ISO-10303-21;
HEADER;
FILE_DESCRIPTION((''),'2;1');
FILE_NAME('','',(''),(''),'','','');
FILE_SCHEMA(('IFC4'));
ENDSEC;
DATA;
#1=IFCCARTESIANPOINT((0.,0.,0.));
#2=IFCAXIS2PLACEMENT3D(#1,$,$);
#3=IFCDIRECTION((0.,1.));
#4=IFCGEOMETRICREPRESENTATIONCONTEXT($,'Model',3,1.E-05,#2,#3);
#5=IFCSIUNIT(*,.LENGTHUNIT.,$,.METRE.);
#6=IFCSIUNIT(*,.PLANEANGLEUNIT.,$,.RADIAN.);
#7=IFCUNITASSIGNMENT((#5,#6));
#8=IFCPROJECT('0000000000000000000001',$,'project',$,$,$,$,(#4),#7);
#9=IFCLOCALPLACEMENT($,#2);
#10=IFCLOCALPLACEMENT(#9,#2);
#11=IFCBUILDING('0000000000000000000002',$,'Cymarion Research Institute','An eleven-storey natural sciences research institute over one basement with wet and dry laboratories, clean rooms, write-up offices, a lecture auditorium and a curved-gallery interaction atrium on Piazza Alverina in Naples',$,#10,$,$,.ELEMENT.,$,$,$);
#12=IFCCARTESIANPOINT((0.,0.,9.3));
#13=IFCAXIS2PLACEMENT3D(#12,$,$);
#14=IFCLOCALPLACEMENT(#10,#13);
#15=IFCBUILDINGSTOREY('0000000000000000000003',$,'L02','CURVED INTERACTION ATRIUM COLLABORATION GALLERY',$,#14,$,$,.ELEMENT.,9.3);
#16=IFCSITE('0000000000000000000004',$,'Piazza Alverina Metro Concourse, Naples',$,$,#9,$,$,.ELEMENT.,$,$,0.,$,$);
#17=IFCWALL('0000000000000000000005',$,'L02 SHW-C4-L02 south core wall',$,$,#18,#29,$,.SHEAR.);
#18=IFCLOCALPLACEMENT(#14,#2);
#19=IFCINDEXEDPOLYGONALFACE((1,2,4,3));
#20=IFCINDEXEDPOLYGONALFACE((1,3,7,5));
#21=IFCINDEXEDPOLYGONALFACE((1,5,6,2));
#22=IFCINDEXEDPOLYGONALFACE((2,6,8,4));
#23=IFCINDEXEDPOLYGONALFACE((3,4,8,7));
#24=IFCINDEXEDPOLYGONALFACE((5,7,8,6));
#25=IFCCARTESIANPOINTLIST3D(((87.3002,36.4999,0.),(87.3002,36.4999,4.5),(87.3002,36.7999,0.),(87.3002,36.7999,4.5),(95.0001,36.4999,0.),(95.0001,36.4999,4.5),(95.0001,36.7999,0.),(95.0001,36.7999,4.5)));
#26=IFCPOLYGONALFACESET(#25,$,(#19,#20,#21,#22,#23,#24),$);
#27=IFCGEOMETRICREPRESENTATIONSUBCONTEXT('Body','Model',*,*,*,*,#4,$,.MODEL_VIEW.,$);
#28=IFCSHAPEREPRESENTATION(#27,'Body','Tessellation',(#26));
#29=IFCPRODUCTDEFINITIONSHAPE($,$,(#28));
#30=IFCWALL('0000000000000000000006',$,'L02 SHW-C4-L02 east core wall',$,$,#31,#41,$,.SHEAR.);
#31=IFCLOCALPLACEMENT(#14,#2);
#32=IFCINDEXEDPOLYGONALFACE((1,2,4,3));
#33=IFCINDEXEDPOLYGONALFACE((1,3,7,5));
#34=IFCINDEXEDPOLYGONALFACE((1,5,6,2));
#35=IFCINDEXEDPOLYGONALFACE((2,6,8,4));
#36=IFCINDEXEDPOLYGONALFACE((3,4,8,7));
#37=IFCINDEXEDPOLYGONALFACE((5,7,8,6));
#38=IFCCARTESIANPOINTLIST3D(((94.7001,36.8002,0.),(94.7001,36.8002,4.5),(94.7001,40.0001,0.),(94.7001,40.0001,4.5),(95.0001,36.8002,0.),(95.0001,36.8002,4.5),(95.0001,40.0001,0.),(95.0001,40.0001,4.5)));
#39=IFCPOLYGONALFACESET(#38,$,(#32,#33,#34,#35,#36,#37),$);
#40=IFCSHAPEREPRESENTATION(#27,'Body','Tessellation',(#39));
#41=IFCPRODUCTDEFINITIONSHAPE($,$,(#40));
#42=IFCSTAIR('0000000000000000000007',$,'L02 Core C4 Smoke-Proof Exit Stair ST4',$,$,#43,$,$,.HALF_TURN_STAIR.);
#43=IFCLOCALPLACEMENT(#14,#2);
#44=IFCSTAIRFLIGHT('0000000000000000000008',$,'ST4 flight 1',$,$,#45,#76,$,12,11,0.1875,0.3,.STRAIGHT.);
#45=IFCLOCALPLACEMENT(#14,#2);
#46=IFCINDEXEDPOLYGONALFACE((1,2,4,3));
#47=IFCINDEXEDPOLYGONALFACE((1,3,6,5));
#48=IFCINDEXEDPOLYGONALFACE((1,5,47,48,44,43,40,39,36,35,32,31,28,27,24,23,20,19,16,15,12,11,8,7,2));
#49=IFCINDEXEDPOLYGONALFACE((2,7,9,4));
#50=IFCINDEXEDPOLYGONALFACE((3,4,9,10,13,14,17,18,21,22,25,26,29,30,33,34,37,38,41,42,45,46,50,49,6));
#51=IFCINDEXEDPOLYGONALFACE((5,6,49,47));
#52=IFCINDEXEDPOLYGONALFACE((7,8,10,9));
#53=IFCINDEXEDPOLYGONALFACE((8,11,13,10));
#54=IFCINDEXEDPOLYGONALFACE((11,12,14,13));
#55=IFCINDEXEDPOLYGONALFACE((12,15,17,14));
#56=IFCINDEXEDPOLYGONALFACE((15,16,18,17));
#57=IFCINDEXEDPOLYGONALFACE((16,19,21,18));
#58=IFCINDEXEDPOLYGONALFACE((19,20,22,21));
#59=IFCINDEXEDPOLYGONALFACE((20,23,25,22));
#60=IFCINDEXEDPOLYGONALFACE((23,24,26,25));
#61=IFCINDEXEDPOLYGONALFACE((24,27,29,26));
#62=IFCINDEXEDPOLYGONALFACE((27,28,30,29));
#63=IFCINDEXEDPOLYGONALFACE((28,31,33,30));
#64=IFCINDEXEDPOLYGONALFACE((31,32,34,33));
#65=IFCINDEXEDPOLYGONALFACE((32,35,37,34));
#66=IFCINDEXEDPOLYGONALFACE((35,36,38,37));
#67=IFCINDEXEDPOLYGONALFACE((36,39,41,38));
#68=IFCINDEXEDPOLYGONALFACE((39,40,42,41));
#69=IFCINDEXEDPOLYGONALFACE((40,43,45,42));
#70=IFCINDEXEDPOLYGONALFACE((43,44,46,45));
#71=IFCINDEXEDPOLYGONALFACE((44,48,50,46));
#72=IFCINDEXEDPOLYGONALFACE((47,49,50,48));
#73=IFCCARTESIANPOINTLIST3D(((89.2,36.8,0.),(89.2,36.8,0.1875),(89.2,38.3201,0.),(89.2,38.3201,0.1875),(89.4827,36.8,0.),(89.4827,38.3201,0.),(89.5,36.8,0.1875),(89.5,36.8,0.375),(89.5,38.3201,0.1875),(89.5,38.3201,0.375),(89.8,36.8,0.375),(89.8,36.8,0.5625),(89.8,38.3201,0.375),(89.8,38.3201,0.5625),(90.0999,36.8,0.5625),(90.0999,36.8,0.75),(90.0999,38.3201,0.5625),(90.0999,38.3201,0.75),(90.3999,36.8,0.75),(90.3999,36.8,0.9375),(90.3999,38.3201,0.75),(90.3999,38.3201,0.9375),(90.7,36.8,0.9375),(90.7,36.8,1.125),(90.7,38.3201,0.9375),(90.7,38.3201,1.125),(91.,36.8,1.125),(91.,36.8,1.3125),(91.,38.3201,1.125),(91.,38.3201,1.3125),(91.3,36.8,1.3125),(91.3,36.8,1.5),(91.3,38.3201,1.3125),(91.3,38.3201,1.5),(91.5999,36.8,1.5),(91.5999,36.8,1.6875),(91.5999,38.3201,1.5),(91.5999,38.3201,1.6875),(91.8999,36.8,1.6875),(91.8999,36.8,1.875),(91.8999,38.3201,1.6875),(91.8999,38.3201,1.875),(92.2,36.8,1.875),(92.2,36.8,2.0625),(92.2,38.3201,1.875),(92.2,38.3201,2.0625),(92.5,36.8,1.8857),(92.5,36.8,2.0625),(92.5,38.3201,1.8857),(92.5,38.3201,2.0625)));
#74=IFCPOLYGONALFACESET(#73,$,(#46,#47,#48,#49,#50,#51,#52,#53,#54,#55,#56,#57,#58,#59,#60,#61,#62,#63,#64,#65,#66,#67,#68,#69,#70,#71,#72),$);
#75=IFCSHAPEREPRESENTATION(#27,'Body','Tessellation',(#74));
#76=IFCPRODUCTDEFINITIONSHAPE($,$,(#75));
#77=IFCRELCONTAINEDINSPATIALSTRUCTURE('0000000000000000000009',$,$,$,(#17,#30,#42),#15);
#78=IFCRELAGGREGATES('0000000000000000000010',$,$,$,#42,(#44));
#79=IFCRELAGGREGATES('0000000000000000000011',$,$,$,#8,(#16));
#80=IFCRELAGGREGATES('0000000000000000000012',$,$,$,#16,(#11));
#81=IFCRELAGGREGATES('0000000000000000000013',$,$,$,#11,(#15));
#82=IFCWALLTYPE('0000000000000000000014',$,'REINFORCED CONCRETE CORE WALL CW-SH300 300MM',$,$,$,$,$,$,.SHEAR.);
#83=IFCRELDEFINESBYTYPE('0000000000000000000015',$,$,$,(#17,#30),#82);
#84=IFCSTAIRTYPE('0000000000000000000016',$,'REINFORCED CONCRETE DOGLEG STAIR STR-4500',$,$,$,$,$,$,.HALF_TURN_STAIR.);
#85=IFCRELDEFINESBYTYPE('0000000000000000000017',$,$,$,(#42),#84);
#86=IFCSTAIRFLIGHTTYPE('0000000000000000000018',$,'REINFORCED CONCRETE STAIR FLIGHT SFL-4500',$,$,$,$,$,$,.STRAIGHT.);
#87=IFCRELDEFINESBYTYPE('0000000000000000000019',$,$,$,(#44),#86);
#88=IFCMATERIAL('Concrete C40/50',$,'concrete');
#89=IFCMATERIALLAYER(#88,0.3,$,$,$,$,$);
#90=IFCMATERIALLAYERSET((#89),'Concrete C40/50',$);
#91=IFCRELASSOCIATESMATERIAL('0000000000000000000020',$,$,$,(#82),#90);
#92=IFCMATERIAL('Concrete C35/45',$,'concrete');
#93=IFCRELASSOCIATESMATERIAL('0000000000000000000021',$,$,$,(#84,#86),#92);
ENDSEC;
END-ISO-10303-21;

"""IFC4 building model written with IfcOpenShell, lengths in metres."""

from ifc_helpers import new_model, si_unit, direction, frame, frame_2d, origin, place, context, subcontext, project, spatial, polyline, rectangle, outline, extrude, material, layer, layer_set, type_object, element, aggregate, save


model = new_model("IFC4")

# Units and contexts
model_context = context("Model", 3, precision=1e-05, world=origin(), true_north=direction((0.0, 1.0)))
body_context = subcontext(model_context, "Body", "Model", "MODEL_VIEW")
ifc_project = project(units=[si_unit("LENGTHUNIT", "METRE"), si_unit("PLANEANGLEUNIT", "RADIAN")], contexts=[model_context])

# Site, building, storey
site_placement = place(None, origin())
site = spatial("IfcSite", under=ifc_project, at=site_placement, Name="Piazza Alverina Metro Concourse, Naples", CompositionType="ELEMENT", RefElevation=0.0)
building_placement = place(site_placement, origin())
building = spatial("IfcBuilding", under=site, at=building_placement, Name="Cymarion Research Institute", Description="An eleven-storey natural sciences research institute over one basement with wet and dry laboratories, clean rooms, write-up offices, a lecture auditorium and a curved-gallery interaction atrium on Piazza Alverina in Naples", CompositionType="ELEMENT")
storey_placement = place(building_placement, frame((0.0, 0.0, 9.3)))
storey = spatial("IfcBuildingStorey", under=building, at=storey_placement, Name="L02", Description="CURVED INTERACTION ATRIUM COLLABORATION GALLERY", CompositionType="ELEMENT", Elevation=9.3)

# Shared definitions
ifc_material_1 = material(Name="Concrete C40/50", Category="concrete")

# Walls
ifc_layer_1 = layer(ifc_material_1, 0.3)
ifc_layer_set_1 = layer_set([ifc_layer_1], Name="Concrete C40/50")
wall_type_1 = type_object("IfcWallType", Name="REINFORCED CONCRETE CORE WALL CW-SH300 300MM", PredefinedType="SHEAR", material=ifc_layer_set_1)
wall_1_placement = place(storey_placement, frame((87.3, 36.6499, 0.0), z_axis=(0.0, 0.0, 1.0), x_axis=(1.0, 0.0, 0.0)))
element("IfcWall", 1, at=wall_1_placement, inside=storey, type_object=wall_type_1, Name="L02 SHW-C4-L02 south core wall", PredefinedType="SHEAR", context=body_context, shape_type="SweptSolid", body=[
    extrude(rectangle(XDim=7.7, YDim=0.3, at=frame_2d((3.8501, 0.0))), origin(), (0.0, 0.0, 1.0), 4.5),
])
wall_2_placement = place(storey_placement, frame((94.8501, 36.8, 0.0), z_axis=(0.0, 0.0, 1.0), x_axis=(0.0, 1.0, 0.0)))
element("IfcWall", 2, at=wall_2_placement, inside=storey, type_object=wall_type_1, Name="L02 SHW-C4-L02 east core wall", PredefinedType="SHEAR", context=body_context, shape_type="SweptSolid", body=[
    extrude(rectangle(XDim=3.2, YDim=0.3, at=frame_2d((1.6001, 0.0))), origin(), (0.0, 0.0, 1.0), 4.5),
])

# Stair, stair flight
ifc_material_2 = material(Name="Concrete C35/45", Category="concrete")
stair_type = type_object("IfcStairType", Name="REINFORCED CONCRETE DOGLEG STAIR STR-4500", PredefinedType="HALF_TURN_STAIR", material=ifc_material_2)
stair_placement = place(storey_placement, origin())
stair = element("IfcStair", 3, at=stair_placement, inside=storey, type_object=stair_type, Name="L02 Core C4 Smoke-Proof Exit Stair ST4", PredefinedType="HALF_TURN_STAIR")
stair_flight_type = type_object("IfcStairFlightType", Name="REINFORCED CONCRETE STAIR FLIGHT SFL-4500", PredefinedType="STRAIGHT", material=ifc_material_2)
stair_flight_placement = place(storey_placement, frame((89.2, 37.5601, 0.0), z_axis=(0.0, 0.0, 1.0), x_axis=(1.0, 0.0, 0.0)))
stair_flight = element("IfcStairFlight", 4, at=stair_flight_placement, type_object=stair_flight_type, Name="ST4 flight 1", NumberOfRisers=12, NumberOfTreads=11, PredefinedType="STRAIGHT", RiserHeight=0.1875, TreadLength=0.3, context=body_context, shape_type="SweptSolid", body=[
    extrude(outline(polyline([(0.0, 0.0), (0.0, 0.1875), (0.3, 0.1875), (0.3, 0.375), (0.6001, 0.375), (0.6001, 0.5625), (0.8999, 0.5625), (0.8999, 0.75), (1.2, 0.75), (1.2, 0.9375), (1.5, 0.9375), (1.5, 1.125), (1.8, 1.125), (1.8, 1.3125), (2.1001, 1.3125), (2.1001, 1.5), (2.3999, 1.5), (2.3999, 1.6875), (2.7, 1.6875), (2.7, 1.875), (3.0, 1.875), (3.0, 2.0625), (3.3, 2.0625), (3.3, 2.25), (3.3, 1.8857), (0.2827, 0.0), (0.0, 0.0)])), frame((0.0, 0.76, 0.0), z_axis=(0.0, -1.0, 0.0), x_axis=(1.0, 0.0, 0.0)), (0.0, 0.0, 1.0), 1.52),
])
aggregate(stair, [stair_flight])

save(model, "model.ifc")
